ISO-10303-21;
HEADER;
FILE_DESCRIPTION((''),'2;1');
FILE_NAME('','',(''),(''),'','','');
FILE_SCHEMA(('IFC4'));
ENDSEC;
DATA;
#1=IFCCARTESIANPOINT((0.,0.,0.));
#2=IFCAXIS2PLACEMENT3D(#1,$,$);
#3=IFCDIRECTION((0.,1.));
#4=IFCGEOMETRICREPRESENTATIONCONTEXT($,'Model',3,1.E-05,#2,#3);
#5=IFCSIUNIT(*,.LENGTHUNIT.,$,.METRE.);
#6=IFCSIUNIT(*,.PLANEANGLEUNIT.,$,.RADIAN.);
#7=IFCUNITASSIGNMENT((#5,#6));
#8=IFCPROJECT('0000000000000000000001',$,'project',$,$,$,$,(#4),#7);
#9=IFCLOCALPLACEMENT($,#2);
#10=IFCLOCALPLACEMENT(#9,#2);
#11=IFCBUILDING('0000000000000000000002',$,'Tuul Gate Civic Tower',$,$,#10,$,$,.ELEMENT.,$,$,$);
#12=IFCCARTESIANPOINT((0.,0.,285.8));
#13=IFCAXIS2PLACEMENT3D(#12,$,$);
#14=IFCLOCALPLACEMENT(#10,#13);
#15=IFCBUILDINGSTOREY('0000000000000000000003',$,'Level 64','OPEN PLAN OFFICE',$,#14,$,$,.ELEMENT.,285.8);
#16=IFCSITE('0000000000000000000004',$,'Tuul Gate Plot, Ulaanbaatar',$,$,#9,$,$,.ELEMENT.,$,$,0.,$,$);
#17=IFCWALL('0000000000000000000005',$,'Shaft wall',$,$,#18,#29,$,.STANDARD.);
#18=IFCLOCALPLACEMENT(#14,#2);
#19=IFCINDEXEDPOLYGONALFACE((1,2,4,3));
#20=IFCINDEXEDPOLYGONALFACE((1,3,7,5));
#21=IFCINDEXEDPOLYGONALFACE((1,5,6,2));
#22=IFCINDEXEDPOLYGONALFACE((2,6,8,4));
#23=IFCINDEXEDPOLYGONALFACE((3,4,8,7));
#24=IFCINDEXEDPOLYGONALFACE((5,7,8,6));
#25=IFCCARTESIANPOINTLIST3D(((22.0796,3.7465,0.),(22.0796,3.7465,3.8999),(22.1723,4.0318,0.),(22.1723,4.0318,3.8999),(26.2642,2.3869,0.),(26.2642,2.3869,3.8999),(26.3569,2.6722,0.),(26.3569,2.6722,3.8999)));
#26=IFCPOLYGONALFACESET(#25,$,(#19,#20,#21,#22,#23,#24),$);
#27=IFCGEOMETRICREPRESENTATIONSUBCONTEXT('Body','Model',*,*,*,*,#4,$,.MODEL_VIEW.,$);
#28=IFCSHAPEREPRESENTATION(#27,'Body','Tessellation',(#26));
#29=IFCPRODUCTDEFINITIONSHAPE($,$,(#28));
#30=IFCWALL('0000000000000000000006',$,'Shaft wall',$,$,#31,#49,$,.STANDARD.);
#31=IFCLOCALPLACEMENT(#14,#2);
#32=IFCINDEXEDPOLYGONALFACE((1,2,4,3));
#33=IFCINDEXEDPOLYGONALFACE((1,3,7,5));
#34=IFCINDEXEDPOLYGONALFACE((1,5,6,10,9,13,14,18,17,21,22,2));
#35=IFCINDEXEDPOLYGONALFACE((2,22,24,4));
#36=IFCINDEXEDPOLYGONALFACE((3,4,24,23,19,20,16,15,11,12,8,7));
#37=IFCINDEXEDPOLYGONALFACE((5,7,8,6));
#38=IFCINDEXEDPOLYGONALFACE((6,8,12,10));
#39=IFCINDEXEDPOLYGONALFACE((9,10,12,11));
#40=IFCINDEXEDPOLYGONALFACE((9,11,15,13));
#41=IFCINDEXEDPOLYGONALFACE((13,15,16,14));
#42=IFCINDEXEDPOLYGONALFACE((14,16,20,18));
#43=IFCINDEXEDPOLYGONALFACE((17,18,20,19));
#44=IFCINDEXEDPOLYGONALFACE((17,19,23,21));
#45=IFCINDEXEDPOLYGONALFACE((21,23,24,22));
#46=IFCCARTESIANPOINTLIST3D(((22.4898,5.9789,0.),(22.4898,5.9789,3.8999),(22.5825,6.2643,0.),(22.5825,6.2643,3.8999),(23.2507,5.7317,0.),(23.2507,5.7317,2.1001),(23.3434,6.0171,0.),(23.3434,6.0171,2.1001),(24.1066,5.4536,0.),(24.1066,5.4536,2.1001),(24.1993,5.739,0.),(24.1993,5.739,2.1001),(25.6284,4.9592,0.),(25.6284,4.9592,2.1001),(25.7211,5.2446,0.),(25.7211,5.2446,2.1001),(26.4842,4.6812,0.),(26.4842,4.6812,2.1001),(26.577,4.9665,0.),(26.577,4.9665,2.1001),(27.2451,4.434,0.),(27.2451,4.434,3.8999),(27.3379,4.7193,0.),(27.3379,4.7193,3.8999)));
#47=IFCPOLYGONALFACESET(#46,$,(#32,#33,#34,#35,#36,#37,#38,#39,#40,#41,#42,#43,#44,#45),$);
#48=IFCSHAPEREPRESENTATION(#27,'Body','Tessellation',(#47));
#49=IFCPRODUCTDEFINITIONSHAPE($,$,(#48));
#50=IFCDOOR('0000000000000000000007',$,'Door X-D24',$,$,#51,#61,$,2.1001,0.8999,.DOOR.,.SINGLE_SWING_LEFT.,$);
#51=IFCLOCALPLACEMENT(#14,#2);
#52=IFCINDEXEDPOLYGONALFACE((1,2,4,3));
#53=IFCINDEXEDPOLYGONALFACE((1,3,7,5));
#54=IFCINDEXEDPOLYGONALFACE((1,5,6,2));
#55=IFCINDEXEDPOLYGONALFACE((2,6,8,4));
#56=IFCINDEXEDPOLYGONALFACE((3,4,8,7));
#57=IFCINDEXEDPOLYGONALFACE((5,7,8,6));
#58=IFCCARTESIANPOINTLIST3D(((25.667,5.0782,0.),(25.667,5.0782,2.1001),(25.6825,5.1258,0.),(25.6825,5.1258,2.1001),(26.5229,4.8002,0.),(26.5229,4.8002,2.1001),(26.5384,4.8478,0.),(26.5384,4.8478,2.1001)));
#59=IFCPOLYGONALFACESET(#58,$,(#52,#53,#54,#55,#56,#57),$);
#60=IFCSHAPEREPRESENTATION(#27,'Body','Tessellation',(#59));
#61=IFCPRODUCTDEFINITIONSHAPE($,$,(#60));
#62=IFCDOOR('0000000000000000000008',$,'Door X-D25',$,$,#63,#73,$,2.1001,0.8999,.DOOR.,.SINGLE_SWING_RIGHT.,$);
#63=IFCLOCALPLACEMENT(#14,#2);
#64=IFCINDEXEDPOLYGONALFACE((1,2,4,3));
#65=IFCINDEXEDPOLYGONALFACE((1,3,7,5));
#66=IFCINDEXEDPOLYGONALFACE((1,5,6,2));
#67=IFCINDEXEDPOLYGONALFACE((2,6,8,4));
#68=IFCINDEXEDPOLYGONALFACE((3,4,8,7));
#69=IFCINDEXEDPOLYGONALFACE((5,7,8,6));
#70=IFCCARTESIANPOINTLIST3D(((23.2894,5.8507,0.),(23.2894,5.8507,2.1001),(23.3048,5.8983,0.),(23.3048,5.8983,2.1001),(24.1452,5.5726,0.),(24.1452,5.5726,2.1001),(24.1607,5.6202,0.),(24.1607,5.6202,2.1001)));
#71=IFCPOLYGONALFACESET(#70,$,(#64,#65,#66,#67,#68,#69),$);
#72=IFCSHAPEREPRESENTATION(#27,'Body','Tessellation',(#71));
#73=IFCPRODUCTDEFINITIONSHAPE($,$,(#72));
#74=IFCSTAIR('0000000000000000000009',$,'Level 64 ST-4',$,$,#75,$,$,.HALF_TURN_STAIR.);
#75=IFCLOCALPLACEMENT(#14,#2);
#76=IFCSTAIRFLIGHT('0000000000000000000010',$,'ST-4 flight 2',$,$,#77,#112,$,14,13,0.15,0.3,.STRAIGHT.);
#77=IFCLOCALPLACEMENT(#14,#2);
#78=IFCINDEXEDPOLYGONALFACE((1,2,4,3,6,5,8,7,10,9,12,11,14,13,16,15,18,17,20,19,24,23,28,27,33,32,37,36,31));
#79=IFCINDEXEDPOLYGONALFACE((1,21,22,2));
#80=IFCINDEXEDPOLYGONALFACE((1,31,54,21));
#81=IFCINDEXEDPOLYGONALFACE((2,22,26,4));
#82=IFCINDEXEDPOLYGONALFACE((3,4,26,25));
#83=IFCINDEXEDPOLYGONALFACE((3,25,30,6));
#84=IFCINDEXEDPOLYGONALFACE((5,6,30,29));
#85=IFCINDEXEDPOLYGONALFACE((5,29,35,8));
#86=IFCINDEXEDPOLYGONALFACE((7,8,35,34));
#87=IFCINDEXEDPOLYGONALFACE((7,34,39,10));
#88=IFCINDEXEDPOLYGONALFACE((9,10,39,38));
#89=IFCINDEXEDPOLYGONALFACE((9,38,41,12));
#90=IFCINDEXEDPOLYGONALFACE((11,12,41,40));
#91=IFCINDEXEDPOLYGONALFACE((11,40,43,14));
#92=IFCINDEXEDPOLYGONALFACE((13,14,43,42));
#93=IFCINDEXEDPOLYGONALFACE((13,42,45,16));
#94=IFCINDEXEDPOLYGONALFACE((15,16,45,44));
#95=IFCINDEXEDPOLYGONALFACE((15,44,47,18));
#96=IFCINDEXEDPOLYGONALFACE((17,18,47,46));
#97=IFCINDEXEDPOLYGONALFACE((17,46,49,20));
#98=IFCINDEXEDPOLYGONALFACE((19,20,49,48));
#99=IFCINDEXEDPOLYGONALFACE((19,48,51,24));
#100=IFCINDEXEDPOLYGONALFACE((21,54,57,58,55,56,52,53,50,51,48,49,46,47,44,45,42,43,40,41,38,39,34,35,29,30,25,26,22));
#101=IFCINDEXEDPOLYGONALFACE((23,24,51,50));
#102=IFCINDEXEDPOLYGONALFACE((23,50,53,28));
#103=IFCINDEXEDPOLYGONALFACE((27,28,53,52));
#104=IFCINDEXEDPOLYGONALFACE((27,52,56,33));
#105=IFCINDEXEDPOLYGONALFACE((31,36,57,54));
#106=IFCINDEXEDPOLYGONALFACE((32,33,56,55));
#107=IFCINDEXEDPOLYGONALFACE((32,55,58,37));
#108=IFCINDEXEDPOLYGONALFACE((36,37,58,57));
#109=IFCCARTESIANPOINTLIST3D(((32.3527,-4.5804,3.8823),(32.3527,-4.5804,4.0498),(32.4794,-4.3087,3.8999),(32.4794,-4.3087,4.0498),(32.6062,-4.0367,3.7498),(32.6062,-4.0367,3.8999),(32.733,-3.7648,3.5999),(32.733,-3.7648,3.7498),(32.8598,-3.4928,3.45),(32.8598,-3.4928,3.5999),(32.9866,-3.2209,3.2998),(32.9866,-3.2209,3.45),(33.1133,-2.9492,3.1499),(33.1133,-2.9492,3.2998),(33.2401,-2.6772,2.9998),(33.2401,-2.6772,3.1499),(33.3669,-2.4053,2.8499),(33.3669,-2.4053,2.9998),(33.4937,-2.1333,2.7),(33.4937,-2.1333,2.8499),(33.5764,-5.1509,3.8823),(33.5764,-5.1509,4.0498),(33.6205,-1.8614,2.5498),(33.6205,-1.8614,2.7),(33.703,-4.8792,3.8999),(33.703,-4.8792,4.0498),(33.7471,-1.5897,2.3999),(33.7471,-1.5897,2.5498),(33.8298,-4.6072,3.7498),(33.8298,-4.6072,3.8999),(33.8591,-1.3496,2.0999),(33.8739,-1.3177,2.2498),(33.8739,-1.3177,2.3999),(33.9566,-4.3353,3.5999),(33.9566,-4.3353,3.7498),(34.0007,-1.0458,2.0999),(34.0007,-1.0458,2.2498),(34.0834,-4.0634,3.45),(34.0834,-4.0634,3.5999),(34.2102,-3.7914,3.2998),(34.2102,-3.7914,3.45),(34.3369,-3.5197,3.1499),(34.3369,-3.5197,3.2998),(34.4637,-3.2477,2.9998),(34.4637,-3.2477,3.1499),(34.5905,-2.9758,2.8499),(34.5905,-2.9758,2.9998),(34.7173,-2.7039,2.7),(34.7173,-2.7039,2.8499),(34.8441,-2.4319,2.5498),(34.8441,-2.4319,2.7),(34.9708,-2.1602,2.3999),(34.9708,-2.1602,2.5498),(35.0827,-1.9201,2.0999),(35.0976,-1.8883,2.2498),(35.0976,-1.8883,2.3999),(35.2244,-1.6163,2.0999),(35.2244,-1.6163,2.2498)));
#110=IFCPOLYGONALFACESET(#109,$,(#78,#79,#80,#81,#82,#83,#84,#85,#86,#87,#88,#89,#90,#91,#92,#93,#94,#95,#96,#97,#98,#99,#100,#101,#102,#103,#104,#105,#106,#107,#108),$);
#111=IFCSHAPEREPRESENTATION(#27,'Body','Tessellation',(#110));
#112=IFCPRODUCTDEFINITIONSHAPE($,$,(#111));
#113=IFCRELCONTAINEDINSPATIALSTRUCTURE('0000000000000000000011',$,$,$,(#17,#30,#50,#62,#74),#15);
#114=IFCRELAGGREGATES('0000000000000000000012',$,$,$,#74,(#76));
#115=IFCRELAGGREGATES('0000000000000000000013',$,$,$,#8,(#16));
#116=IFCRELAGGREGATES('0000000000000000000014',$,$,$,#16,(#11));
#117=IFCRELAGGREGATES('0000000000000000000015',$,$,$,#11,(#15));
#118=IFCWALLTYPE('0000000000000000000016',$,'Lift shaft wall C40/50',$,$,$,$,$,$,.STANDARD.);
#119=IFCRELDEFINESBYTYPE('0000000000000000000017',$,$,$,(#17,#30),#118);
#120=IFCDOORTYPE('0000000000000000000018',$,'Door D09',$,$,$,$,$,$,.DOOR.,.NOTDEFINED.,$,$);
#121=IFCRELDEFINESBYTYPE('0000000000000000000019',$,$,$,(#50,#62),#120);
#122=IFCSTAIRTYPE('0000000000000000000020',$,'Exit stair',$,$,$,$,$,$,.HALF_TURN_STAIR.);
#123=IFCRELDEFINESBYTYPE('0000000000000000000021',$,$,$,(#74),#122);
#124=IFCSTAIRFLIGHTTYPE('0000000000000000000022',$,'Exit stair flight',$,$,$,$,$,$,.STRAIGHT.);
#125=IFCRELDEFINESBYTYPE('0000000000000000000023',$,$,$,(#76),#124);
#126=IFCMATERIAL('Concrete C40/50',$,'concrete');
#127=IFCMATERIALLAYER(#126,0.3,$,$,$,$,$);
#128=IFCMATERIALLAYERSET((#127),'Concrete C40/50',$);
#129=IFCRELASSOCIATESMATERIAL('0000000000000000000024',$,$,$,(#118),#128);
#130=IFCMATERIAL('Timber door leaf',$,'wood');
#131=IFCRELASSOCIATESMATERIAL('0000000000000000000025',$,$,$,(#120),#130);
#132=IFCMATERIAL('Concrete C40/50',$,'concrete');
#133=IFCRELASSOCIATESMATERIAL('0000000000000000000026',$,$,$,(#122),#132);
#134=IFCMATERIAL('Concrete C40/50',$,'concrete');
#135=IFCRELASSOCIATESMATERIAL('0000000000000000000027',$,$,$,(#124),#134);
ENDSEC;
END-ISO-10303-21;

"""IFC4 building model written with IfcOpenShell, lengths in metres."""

from ifc_helpers import new_model, si_unit, direction, frame, frame_2d, origin, place, context, subcontext, project, spatial, polyline, rectangle, outline, extrude, material, layer, layer_set, type_object, element, fill, aggregate, save


model = new_model("IFC4")

# Units and contexts
model_context = context("Model", 3, precision=1e-05, world=origin(), true_north=direction((0.0, 1.0)))
body_context = subcontext(model_context, "Body", "Model", "MODEL_VIEW")
ifc_project = project(units=[si_unit("LENGTHUNIT", "METRE"), si_unit("PLANEANGLEUNIT", "RADIAN")], contexts=[model_context])

# Site, building, storey
site_placement = place(None, origin())
site = spatial("IfcSite", under=ifc_project, at=site_placement, Name="Tuul Gate Plot, Ulaanbaatar", CompositionType="ELEMENT", RefElevation=0.0)
building_placement = place(site_placement, origin())
building = spatial("IfcBuilding", under=site, at=building_placement, Name="Tuul Gate Civic Tower", CompositionType="ELEMENT")
storey_placement = place(building_placement, frame((0.0, 0.0, 285.8)))
storey = spatial("IfcBuildingStorey", under=building, at=storey_placement, Name="Level 64", Description="OPEN PLAN OFFICE", CompositionType="ELEMENT", Elevation=285.8)

# Shared definitions
ifc_material_1 = material(Name="Concrete C40/50", Category="concrete")
ifc_layer_1 = layer(ifc_material_1, 0.3)
ifc_layer_set_1 = layer_set([ifc_layer_1], Name="Concrete C40/50")
wall_type_1 = type_object("IfcWallType", Name="Lift shaft wall C40/50", PredefinedType="STANDARD", material=ifc_layer_set_1)

# Wall
wall_1_placement = place(storey_placement, frame((26.3105, 2.5295, 0.0), z_axis=(0.0, 0.0, 1.0), x_axis=(-0.951059, 0.309011, 0.0)))
element("IfcWall", 1, at=wall_1_placement, inside=storey, type_object=wall_type_1, Name="Shaft wall", PredefinedType="STANDARD", context=body_context, shape_type="SweptSolid", body=[
    extrude(rectangle(XDim=4.3999, YDim=0.3, at=frame_2d((2.2, 0.0))), origin(), (0.0, 0.0, 1.0), 3.8999),
])

# Wall, openings, doors
wall_2_placement = place(storey_placement, frame((27.2915, 4.5767, 0.0), z_axis=(0.0, 0.0, 1.0), x_axis=(-0.951068, 0.308982, 0.0)))
wall_2 = element("IfcWall", 2, at=wall_2_placement, inside=storey, type_object=wall_type_1, Name="Shaft wall", PredefinedType="STANDARD", context=body_context, shape_type="SweptSolid", body=[
    extrude(rectangle(XDim=5.0, YDim=0.3, at=frame_2d((2.5, 0.0))), origin(), (0.0, 0.0, 1.0), 3.8999),
])
opening_1_placement = place(wall_2_placement, frame((0.8, 0.0, 0.0)))
opening_1 = element("IfcOpeningElement", 3, at=opening_1_placement, cuts=wall_2, PredefinedType="OPENING", context=body_context, shape_type="SweptSolid", body=[
    extrude(rectangle(XDim=0.8999, YDim=2.1001, at=frame_2d((0.45, 1.05))), frame((0.0, 0.1602, 0.0), z_axis=(0.0, -1.0, 0.0), x_axis=(1.0, 0.0, 0.0)), (0.0, 0.0, 1.0), 0.3201),
])
opening_2_placement = place(wall_2_placement, frame((3.3, 0.0, 0.0)))
opening_2 = element("IfcOpeningElement", 4, at=opening_2_placement, cuts=wall_2, PredefinedType="OPENING", context=body_context, shape_type="SweptSolid", body=[
    extrude(rectangle(XDim=0.8999, YDim=2.1001, at=frame_2d((0.45, 1.05))), frame((0.0, 0.1602, 0.0), z_axis=(0.0, -1.0, 0.0), x_axis=(1.0, 0.0, 0.0)), (0.0, 0.0, 1.0), 0.3201),
])
ifc_material_2 = material(Name="Timber door leaf", Category="wood")
door_type_1 = type_object("IfcDoorType", Name="Door D09", OperationType="NOTDEFINED", PredefinedType="DOOR", material=ifc_material_2)
door_1_placement = place(opening_1_placement, origin())
door_1 = element("IfcDoor", 5, at=door_1_placement, inside=storey, type_object=door_type_1, Name="Door X-D24", OperationType="SINGLE_SWING_LEFT", OverallHeight=2.1001, OverallWidth=0.8999, PredefinedType="DOOR", context=body_context, shape_type="SweptSolid", body=[
    extrude(rectangle(XDim=0.8999, YDim=2.1001, at=frame_2d((0.45, 1.05))), frame((0.0, 0.0249, 0.0), z_axis=(0.0, -1.0, 0.0), x_axis=(1.0, 0.0, 0.0)), (0.0, 0.0, 1.0), 0.05),
])
fill(opening_1, door_1)
door_2_placement = place(opening_2_placement, origin())
door_2 = element("IfcDoor", 6, at=door_2_placement, inside=storey, type_object=door_type_1, Name="Door X-D25", OperationType="SINGLE_SWING_RIGHT", OverallHeight=2.1001, OverallWidth=0.8999, PredefinedType="DOOR", context=body_context, shape_type="SweptSolid", body=[
    extrude(rectangle(XDim=0.8999, YDim=2.1001, at=frame_2d((0.45, 1.05))), frame((0.0, 0.0249, 0.0), z_axis=(0.0, -1.0, 0.0), x_axis=(1.0, 0.0, 0.0)), (0.0, 0.0, 1.0), 0.05),
])
fill(opening_2, door_2)

# Stair, stair flight
ifc_material_3 = material(Name="Concrete C40/50", Category="concrete")
stair_type = type_object("IfcStairType", Name="Exit stair", PredefinedType="HALF_TURN_STAIR", material=ifc_material_3)
stair_placement = place(storey_placement, origin())
stair = element("IfcStair", 7, at=stair_placement, inside=storey, type_object=stair_type, Name="Level 64 ST-4", PredefinedType="HALF_TURN_STAIR")
ifc_material_4 = material(Name="Concrete C40/50", Category="concrete")
stair_flight_type = type_object("IfcStairFlightType", Name="Exit stair flight", PredefinedType="STRAIGHT", material=ifc_material_4)
stair_flight_placement = place(storey_placement, frame((34.6125, -1.3311, 2.0999), z_axis=(0.0, 0.0, 1.0), x_axis=(-0.422576, -0.906327, 0.0)))
stair_flight = element("IfcStairFlight", 8, at=stair_flight_placement, type_object=stair_flight_type, Name="ST-4 flight 2", NumberOfRisers=14, NumberOfTreads=13, PredefinedType="STRAIGHT", RiserHeight=0.15, TreadLength=0.3, context=body_context, shape_type="SweptSolid", body=[
    extrude(outline(polyline([(0.0, 0.0), (0.0, 0.1499), (0.3, 0.1499), (0.3, 0.3), (0.6001, 0.3), (0.6001, 0.45), (0.8999, 0.45), (0.8999, 0.6001), (1.2, 0.6001), (1.2, 0.75), (1.5, 0.75), (1.5, 0.8999), (1.8, 0.8999), (1.8, 1.05), (2.1001, 1.05), (2.1001, 1.2), (2.3999, 1.2), (2.3999, 1.3501), (2.7, 1.3501), (2.7, 1.5), (3.0, 1.5), (3.0, 1.6499), (3.3, 1.6499), (3.3, 1.8), (3.6001, 1.8), (3.6001, 1.95), (3.8999, 1.95), (3.8999, 2.1001), (3.8999, 1.7825), (0.3352, 0.0), (0.0, 0.0)])), frame((0.0, 0.675, 0.0), z_axis=(0.0, -1.0, 0.0), x_axis=(1.0, 0.0, 0.0)), (0.0, 0.0, 1.0), 1.3501),
])
aggregate(stair, [stair_flight])

save(model, "model.ifc")
